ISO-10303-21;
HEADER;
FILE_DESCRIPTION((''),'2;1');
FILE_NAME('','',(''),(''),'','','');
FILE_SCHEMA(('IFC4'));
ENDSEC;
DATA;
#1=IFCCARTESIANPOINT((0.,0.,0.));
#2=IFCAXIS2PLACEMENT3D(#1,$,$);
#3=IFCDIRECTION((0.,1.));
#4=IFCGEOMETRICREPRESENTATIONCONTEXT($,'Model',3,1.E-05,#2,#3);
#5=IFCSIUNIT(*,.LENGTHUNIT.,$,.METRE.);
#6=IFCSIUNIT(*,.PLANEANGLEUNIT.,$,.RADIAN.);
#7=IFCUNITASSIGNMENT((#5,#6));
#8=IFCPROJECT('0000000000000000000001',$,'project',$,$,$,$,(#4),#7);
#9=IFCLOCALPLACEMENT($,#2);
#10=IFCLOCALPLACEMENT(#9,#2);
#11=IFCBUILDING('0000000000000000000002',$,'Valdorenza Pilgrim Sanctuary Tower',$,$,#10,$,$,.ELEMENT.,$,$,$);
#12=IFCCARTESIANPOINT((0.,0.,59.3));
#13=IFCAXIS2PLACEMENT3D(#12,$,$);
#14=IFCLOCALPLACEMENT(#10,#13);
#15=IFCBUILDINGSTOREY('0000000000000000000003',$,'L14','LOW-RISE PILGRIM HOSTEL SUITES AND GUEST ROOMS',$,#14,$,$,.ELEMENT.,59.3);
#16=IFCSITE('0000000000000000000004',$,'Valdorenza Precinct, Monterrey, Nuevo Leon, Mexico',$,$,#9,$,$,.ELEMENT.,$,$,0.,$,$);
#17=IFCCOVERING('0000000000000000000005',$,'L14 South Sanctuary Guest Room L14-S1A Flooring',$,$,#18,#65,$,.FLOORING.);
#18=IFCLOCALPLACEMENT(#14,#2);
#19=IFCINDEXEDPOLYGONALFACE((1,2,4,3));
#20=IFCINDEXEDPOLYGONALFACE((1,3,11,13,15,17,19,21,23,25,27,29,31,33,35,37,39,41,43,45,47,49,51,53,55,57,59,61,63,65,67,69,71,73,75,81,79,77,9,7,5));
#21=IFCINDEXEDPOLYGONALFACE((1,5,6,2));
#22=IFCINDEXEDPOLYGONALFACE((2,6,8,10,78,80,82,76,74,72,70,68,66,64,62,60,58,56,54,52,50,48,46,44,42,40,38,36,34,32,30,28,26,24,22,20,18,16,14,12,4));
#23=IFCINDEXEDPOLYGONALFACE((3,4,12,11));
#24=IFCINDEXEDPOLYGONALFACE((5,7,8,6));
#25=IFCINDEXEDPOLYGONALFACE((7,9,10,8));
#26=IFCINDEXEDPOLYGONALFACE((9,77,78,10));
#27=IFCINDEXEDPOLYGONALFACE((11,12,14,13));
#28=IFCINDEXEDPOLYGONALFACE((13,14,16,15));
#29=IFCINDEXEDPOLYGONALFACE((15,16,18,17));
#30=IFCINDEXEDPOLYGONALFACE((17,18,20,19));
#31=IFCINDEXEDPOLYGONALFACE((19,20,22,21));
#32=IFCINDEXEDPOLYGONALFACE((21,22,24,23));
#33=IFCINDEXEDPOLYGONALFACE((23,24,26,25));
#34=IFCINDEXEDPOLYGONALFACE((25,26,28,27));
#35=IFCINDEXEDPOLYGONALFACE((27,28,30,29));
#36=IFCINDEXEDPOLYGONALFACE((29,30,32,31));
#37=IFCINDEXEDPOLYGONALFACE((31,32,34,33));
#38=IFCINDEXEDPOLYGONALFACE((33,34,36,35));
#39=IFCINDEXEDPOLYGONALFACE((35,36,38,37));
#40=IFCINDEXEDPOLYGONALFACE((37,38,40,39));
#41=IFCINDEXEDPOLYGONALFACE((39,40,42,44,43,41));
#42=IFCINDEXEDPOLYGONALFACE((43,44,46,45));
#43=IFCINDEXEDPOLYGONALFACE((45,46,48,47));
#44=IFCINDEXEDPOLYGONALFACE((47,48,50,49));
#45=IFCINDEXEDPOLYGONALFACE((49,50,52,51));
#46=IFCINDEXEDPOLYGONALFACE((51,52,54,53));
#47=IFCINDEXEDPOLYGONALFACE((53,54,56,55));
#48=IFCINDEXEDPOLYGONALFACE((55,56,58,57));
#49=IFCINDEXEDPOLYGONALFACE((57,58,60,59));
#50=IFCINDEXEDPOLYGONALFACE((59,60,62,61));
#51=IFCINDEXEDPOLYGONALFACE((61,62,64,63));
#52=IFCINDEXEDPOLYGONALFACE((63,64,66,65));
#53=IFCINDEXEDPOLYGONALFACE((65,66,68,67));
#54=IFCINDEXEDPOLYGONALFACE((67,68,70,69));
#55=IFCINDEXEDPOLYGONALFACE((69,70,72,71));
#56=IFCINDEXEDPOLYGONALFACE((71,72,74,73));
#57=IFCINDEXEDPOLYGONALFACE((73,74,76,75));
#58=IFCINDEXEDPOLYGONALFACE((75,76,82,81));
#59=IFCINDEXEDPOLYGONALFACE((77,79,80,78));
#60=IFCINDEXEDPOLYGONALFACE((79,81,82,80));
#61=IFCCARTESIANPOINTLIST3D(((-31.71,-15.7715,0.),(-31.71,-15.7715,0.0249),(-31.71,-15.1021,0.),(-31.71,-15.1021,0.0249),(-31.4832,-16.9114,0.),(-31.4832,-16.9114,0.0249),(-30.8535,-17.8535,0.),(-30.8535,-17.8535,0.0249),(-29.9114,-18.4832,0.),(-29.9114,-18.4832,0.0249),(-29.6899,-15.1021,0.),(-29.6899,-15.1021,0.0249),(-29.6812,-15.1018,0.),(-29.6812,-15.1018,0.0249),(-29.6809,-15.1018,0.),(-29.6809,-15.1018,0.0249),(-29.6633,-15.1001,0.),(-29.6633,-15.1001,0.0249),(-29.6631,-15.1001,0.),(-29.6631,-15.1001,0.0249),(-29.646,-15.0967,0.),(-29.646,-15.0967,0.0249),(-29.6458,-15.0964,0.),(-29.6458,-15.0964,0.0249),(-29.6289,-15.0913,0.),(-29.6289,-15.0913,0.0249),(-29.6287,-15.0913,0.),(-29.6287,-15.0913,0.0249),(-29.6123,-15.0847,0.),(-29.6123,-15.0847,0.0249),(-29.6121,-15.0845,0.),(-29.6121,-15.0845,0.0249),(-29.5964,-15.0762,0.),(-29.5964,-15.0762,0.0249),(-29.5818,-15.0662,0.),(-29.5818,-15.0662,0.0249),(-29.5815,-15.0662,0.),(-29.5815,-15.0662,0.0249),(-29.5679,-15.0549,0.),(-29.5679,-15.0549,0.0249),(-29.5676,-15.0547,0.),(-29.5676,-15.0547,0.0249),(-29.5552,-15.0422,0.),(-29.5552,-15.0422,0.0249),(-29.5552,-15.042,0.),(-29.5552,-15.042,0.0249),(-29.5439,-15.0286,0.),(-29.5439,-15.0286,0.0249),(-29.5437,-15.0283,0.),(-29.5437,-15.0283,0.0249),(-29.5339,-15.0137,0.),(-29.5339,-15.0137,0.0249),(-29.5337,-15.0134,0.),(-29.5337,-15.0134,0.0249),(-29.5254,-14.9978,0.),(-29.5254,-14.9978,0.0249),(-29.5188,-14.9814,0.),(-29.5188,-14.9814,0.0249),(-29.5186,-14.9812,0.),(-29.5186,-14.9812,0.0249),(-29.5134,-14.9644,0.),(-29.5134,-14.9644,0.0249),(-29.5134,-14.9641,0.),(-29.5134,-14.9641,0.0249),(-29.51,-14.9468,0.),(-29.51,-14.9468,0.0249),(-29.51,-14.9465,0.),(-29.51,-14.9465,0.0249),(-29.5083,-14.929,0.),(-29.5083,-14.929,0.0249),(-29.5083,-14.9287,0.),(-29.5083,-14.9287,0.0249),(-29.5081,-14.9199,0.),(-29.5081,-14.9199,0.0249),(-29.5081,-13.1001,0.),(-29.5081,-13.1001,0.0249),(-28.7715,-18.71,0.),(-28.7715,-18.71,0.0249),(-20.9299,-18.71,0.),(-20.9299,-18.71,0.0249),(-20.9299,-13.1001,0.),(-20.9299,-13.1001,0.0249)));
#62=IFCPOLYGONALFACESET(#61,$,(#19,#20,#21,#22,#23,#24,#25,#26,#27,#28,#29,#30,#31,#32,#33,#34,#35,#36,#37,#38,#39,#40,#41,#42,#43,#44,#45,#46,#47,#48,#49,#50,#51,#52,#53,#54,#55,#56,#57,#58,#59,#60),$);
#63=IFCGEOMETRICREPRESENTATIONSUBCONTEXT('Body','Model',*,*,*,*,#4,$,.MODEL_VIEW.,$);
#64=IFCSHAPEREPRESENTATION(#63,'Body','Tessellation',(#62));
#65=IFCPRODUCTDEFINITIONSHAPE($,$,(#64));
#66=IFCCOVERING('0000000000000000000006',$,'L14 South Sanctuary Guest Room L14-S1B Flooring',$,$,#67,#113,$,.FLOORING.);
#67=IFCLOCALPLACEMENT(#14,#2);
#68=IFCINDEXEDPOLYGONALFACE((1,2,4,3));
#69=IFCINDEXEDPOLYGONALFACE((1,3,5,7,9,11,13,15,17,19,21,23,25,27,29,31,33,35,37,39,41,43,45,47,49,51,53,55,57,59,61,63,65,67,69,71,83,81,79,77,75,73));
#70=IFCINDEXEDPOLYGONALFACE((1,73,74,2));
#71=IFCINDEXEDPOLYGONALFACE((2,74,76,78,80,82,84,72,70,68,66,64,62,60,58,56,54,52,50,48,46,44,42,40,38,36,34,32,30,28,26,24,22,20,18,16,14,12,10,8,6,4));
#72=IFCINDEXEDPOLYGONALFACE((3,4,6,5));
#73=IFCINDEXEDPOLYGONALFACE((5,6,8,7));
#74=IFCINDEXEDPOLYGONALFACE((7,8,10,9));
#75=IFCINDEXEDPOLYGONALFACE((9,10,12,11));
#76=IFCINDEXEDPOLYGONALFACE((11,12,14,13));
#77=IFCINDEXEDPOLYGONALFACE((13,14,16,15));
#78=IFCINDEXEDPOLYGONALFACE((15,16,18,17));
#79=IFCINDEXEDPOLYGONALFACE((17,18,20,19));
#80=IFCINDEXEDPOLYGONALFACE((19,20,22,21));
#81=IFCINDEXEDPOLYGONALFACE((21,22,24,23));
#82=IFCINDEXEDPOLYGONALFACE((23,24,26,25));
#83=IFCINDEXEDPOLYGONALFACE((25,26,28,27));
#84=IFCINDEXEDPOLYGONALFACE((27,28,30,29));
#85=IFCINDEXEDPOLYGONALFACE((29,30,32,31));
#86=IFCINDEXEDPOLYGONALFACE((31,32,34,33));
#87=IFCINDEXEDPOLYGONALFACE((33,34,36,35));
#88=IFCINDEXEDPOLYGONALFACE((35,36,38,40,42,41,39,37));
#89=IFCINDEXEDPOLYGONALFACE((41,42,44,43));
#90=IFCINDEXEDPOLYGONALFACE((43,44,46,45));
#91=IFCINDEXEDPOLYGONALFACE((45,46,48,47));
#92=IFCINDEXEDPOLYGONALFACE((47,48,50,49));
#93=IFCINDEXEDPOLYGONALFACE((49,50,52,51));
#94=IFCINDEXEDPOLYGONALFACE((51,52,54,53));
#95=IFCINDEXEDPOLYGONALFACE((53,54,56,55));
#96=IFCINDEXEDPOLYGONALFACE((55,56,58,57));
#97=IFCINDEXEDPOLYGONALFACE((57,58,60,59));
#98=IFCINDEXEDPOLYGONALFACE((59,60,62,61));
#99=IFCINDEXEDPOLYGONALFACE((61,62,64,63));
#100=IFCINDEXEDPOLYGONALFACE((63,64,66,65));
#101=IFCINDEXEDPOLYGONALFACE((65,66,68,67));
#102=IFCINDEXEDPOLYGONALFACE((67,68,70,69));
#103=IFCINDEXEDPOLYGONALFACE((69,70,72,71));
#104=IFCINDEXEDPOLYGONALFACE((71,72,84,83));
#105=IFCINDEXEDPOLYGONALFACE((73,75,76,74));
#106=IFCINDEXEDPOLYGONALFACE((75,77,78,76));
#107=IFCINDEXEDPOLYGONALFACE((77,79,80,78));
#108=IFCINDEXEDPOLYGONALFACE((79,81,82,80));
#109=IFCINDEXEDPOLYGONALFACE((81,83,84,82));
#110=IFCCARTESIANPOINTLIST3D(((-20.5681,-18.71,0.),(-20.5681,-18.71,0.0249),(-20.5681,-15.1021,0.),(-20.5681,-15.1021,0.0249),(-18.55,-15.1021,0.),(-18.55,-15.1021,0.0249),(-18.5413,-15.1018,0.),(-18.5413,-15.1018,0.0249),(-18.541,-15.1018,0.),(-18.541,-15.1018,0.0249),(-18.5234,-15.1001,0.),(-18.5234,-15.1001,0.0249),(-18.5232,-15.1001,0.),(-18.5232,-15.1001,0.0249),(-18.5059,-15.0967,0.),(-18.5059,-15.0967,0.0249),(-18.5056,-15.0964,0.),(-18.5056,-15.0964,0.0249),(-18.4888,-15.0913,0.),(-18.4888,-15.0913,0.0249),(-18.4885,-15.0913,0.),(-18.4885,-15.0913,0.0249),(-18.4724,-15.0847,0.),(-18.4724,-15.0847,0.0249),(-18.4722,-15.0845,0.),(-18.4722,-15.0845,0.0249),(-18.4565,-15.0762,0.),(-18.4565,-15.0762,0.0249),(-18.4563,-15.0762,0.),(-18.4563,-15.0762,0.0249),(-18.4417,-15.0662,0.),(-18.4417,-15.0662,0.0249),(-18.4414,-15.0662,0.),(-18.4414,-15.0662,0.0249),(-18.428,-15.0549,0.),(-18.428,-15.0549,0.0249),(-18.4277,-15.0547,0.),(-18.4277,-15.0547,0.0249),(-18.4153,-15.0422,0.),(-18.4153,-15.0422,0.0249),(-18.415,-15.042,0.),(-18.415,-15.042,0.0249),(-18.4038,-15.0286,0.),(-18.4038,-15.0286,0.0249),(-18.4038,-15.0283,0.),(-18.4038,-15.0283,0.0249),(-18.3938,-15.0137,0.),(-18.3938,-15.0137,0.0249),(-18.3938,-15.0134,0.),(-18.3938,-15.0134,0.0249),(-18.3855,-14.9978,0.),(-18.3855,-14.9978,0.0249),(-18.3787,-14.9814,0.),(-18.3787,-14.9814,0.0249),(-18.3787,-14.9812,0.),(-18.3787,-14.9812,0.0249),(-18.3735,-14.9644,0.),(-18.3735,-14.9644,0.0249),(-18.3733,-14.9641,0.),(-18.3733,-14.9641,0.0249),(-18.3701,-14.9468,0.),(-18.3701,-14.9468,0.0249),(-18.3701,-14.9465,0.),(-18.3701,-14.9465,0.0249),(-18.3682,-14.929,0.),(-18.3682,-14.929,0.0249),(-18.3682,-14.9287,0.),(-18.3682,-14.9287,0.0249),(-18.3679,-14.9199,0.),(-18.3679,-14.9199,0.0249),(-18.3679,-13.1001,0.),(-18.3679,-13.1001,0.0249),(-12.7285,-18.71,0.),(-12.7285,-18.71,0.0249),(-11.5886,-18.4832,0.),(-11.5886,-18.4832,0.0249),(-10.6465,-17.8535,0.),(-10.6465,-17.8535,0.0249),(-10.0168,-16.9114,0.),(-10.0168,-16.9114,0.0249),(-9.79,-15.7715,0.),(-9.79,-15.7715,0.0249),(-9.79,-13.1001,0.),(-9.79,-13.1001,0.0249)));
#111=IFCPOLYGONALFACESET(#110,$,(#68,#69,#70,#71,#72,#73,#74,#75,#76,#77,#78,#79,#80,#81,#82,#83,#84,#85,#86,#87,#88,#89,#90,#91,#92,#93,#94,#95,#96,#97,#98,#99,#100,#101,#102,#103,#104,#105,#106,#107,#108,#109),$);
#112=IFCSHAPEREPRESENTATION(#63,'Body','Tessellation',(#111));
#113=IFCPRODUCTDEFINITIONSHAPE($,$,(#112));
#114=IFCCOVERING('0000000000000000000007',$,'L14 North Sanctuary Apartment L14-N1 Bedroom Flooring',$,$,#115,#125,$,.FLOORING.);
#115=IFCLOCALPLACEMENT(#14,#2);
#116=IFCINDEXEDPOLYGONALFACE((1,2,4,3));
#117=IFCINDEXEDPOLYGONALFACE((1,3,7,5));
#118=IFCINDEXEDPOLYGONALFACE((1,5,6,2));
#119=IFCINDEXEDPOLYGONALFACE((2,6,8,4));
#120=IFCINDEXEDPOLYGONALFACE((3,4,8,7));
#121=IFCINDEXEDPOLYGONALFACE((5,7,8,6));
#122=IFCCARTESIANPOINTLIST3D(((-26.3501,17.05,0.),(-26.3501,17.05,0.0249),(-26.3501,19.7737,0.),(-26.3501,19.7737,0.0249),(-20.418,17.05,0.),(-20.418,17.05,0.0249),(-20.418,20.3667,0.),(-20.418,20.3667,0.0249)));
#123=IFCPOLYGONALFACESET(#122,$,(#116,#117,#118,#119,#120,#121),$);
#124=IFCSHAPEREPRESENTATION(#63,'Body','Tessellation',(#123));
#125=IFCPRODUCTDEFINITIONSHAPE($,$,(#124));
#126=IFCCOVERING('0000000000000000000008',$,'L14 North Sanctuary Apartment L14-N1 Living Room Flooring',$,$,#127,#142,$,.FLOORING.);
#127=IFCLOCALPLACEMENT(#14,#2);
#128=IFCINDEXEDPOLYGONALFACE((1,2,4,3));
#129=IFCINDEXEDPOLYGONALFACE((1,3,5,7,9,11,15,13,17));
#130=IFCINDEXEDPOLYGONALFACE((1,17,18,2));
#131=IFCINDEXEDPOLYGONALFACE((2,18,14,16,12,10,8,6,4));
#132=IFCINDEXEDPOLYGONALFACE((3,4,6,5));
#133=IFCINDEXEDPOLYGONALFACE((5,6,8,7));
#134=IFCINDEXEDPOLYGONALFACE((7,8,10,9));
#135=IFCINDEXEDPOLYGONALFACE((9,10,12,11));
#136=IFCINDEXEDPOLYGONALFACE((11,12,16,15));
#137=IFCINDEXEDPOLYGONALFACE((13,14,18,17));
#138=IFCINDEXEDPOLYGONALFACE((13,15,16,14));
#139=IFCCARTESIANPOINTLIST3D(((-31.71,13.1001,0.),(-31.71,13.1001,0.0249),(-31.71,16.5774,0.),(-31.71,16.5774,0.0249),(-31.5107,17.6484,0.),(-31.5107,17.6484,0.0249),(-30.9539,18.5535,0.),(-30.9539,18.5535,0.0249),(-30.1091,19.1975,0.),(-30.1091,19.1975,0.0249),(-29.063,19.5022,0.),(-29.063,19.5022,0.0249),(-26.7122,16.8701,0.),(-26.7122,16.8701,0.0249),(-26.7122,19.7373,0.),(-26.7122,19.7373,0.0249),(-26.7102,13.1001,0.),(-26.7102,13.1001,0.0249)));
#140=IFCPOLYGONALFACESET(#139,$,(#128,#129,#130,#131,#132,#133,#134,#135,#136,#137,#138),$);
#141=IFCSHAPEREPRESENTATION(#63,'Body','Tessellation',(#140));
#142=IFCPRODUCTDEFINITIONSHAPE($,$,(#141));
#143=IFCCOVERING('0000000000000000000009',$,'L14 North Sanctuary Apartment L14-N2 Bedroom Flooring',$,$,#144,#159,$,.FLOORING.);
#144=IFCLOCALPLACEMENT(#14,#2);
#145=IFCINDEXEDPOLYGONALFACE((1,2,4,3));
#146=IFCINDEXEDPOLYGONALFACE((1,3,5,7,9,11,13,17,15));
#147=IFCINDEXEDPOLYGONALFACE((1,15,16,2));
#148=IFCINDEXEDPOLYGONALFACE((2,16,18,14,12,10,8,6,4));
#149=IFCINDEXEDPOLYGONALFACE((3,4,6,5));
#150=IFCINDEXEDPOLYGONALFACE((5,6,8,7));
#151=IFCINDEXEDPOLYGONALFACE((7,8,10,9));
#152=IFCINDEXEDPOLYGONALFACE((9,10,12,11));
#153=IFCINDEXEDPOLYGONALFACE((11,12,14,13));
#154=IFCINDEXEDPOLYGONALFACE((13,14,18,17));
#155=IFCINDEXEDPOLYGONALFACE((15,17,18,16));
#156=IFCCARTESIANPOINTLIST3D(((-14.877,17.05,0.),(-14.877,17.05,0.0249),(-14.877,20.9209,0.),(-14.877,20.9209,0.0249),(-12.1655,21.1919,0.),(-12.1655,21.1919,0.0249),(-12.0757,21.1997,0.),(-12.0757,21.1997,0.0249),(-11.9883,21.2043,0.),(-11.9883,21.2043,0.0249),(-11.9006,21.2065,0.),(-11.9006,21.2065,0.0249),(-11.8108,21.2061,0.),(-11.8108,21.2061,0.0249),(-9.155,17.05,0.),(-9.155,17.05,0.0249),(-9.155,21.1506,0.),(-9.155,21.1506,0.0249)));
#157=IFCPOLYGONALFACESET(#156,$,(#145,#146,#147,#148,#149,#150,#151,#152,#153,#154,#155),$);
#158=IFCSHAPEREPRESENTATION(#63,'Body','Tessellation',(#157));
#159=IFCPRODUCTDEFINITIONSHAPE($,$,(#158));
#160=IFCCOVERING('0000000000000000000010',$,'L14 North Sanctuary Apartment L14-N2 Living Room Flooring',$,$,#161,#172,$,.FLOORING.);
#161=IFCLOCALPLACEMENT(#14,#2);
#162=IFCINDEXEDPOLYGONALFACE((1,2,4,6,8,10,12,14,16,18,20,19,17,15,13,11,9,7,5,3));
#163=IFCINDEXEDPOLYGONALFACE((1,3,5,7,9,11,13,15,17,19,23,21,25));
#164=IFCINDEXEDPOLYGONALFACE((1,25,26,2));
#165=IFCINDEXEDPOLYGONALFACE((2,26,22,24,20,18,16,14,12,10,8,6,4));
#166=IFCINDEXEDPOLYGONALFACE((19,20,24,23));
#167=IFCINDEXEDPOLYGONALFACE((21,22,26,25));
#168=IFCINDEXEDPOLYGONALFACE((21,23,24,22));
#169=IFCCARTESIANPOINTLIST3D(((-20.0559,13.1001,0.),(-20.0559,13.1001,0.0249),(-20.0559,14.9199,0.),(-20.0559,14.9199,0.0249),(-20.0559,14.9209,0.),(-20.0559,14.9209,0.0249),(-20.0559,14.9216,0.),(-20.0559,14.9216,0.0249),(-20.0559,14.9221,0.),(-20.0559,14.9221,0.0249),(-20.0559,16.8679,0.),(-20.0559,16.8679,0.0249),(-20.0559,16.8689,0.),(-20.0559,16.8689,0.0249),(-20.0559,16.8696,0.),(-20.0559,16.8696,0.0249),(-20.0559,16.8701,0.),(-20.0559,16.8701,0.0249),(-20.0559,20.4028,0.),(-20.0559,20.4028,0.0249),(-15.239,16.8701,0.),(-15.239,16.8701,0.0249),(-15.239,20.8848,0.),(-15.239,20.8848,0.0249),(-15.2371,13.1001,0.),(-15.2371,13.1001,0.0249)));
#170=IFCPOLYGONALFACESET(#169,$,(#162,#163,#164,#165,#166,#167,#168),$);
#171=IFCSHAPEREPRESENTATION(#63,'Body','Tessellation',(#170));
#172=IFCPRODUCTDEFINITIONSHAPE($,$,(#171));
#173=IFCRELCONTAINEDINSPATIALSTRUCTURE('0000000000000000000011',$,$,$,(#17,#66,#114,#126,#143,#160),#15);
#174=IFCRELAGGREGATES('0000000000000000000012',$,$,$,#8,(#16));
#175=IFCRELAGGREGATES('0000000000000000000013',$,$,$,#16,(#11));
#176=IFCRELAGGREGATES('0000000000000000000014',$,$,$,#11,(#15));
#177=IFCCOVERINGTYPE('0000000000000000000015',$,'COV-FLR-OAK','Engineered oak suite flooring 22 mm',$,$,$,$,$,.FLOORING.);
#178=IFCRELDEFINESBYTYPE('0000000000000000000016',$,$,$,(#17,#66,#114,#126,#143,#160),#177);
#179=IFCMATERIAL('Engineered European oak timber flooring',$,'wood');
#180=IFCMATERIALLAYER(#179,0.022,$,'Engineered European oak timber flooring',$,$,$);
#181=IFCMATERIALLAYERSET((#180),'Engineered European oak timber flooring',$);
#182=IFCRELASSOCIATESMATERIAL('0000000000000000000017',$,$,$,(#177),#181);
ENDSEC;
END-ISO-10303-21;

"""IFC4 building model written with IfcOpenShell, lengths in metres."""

from ifc_helpers import new_model, si_unit, direction, frame, origin, place, context, subcontext, project, spatial, polyline, outline, extrude, material, layer, layer_set, type_object, element, save


model = new_model("IFC4")

# Units and contexts
model_context = context("Model", 3, precision=1e-05, world=origin(), true_north=direction((0.0, 1.0)))
body_context = subcontext(model_context, "Body", "Model", "MODEL_VIEW")
ifc_project = project(units=[si_unit("LENGTHUNIT", "METRE"), si_unit("PLANEANGLEUNIT", "RADIAN")], contexts=[model_context])

# Site, building, storey
site_placement = place(None, origin())
site = spatial("IfcSite", under=ifc_project, at=site_placement, Name="Valdorenza Precinct, Monterrey, Nuevo Leon, Mexico", CompositionType="ELEMENT", RefElevation=0.0)
building_placement = place(site_placement, origin())
building = spatial("IfcBuilding", under=site, at=building_placement, Name="Valdorenza Pilgrim Sanctuary Tower", CompositionType="ELEMENT")
storey_placement = place(building_placement, frame((0.0, 0.0, 59.3)))
storey = spatial("IfcBuildingStorey", under=building, at=storey_placement, Name="L14", Description="LOW-RISE PILGRIM HOSTEL SUITES AND GUEST ROOMS", CompositionType="ELEMENT", Elevation=59.3)

# Coverings
ifc_material_1 = material(Name="Engineered European oak timber flooring", Category="wood")
ifc_layer_1 = layer(ifc_material_1, 0.022, Name="Engineered European oak timber flooring")
ifc_layer_set_1 = layer_set([ifc_layer_1], Name="Engineered European oak timber flooring")
covering_type_1 = type_object("IfcCoveringType", Name="COV-FLR-OAK", Description="Engineered oak suite flooring 22 mm", PredefinedType="FLOORING", material=ifc_layer_set_1)
covering_1_placement = place(storey_placement, origin())
element("IfcCovering", 1, at=covering_1_placement, inside=storey, type_object=covering_type_1, Name="L14 South Sanctuary Guest Room L14-S1A Flooring", PredefinedType="FLOORING", context=body_context, shape_type="SweptSolid", body=[
    extrude(outline(polyline([(-28.7715, -18.71), (-29.9114, -18.4832), (-30.8535, -17.8535), (-31.4832, -16.9114), (-31.71, -15.7715), (-31.71, -15.1021), (-29.6899, -15.1021), (-29.6812, -15.1018), (-29.6809, -15.1018), (-29.6633, -15.1001), (-29.6631, -15.1001), (-29.646, -15.0967), (-29.6458, -15.0964), (-29.6289, -15.0913), (-29.6287, -15.0913), (-29.6123, -15.0847), (-29.6121, -15.0845), (-29.5964, -15.0762), (-29.5964, -15.0762), (-29.5818, -15.0662), (-29.5815, -15.0662), (-29.5679, -15.0549), (-29.5676, -15.0547), (-29.5552, -15.0422), (-29.5552, -15.042), (-29.5439, -15.0286), (-29.5437, -15.0283), (-29.5339, -15.0137), (-29.5337, -15.0134), (-29.5254, -14.9978), (-29.5254, -14.9978), (-29.5188, -14.9814), (-29.5186, -14.9812), (-29.5134, -14.9644), (-29.5134, -14.9641), (-29.51, -14.9468), (-29.51, -14.9465), (-29.5083, -14.929), (-29.5083, -14.9287), (-29.5081, -14.9199), (-29.5081, -13.1001), (-20.9299, -13.1001), (-20.9299, -18.71), (-28.7715, -18.71)])), origin(), (0.0, 0.0, 1.0), 0.0249),
])
covering_2_placement = place(storey_placement, origin())
element("IfcCovering", 2, at=covering_2_placement, inside=storey, type_object=covering_type_1, Name="L14 South Sanctuary Guest Room L14-S1B Flooring", PredefinedType="FLOORING", context=body_context, shape_type="SweptSolid", body=[
    extrude(outline(polyline([(-10.0168, -16.9114), (-10.6465, -17.8535), (-11.5886, -18.4832), (-12.7285, -18.71), (-20.5681, -18.71), (-20.5681, -15.1021), (-18.55, -15.1021), (-18.5413, -15.1018), (-18.541, -15.1018), (-18.5234, -15.1001), (-18.5232, -15.1001), (-18.5059, -15.0967), (-18.5056, -15.0964), (-18.4888, -15.0913), (-18.4885, -15.0913), (-18.4724, -15.0847), (-18.4722, -15.0845), (-18.4565, -15.0762), (-18.4563, -15.0762), (-18.4417, -15.0662), (-18.4414, -15.0662), (-18.428, -15.0549), (-18.4277, -15.0547), (-18.4153, -15.0422), (-18.415, -15.042), (-18.4038, -15.0286), (-18.4038, -15.0283), (-18.3938, -15.0137), (-18.3938, -15.0134), (-18.3855, -14.9978), (-18.3855, -14.9978), (-18.3787, -14.9814), (-18.3787, -14.9812), (-18.3735, -14.9644), (-18.3733, -14.9641), (-18.3701, -14.9468), (-18.3701, -14.9465), (-18.3682, -14.929), (-18.3682, -14.9287), (-18.3679, -14.9199), (-18.3679, -13.1001), (-9.79, -13.1001), (-9.79, -15.7715), (-10.0168, -16.9114)])), origin(), (0.0, 0.0, 1.0), 0.0249),
])
covering_3_placement = place(storey_placement, origin())
element("IfcCovering", 3, at=covering_3_placement, inside=storey, type_object=covering_type_1, Name="L14 North Sanctuary Apartment L14-N1 Bedroom Flooring", PredefinedType="FLOORING", context=body_context, shape_type="SweptSolid", body=[
    extrude(outline(polyline([(-26.3501, 17.05), (-26.3501, 19.7737), (-20.418, 20.3667), (-20.418, 17.05), (-26.3501, 17.05)])), origin(), (0.0, 0.0, 1.0), 0.0249),
])
covering_4_placement = place(storey_placement, origin())
element("IfcCovering", 4, at=covering_4_placement, inside=storey, type_object=covering_type_1, Name="L14 North Sanctuary Apartment L14-N1 Living Room Flooring", PredefinedType="FLOORING", context=body_context, shape_type="SweptSolid", body=[
    extrude(outline(polyline([(-31.71, 13.1001), (-31.71, 16.5774), (-31.5107, 17.6484), (-30.9539, 18.5535), (-30.1091, 19.1975), (-29.063, 19.5022), (-26.7122, 19.7373), (-26.7122, 16.8701), (-26.7102, 13.1001), (-31.71, 13.1001)])), origin(), (0.0, 0.0, 1.0), 0.0249),
])
covering_5_placement = place(storey_placement, origin())
element("IfcCovering", 5, at=covering_5_placement, inside=storey, type_object=covering_type_1, Name="L14 North Sanctuary Apartment L14-N2 Bedroom Flooring", PredefinedType="FLOORING", context=body_context, shape_type="SweptSolid", body=[
    extrude(outline(polyline([(-14.877, 17.05), (-14.877, 20.9209), (-12.1655, 21.1919), (-12.0757, 21.1997), (-11.9883, 21.2043), (-11.9006, 21.2065), (-11.8108, 21.2061), (-9.155, 21.1506), (-9.155, 17.05), (-14.877, 17.05)])), origin(), (0.0, 0.0, 1.0), 0.0249),
])
covering_6_placement = place(storey_placement, origin())
element("IfcCovering", 6, at=covering_6_placement, inside=storey, type_object=covering_type_1, Name="L14 North Sanctuary Apartment L14-N2 Living Room Flooring", PredefinedType="FLOORING", context=body_context, shape_type="SweptSolid", body=[
    extrude(outline(polyline([(-20.0559, 14.9216), (-20.0559, 14.9221), (-20.0559, 16.8679), (-20.0559, 16.8689), (-20.0559, 16.8696), (-20.0559, 16.8701), (-20.0559, 20.4028), (-15.239, 20.8848), (-15.239, 16.8701), (-15.2371, 13.1001), (-20.0559, 13.1001), (-20.0559, 14.9199), (-20.0559, 14.9209), (-20.0559, 14.9216)])), origin(), (0.0, 0.0, 1.0), 0.0249),
])

save(model, "model.ifc")
